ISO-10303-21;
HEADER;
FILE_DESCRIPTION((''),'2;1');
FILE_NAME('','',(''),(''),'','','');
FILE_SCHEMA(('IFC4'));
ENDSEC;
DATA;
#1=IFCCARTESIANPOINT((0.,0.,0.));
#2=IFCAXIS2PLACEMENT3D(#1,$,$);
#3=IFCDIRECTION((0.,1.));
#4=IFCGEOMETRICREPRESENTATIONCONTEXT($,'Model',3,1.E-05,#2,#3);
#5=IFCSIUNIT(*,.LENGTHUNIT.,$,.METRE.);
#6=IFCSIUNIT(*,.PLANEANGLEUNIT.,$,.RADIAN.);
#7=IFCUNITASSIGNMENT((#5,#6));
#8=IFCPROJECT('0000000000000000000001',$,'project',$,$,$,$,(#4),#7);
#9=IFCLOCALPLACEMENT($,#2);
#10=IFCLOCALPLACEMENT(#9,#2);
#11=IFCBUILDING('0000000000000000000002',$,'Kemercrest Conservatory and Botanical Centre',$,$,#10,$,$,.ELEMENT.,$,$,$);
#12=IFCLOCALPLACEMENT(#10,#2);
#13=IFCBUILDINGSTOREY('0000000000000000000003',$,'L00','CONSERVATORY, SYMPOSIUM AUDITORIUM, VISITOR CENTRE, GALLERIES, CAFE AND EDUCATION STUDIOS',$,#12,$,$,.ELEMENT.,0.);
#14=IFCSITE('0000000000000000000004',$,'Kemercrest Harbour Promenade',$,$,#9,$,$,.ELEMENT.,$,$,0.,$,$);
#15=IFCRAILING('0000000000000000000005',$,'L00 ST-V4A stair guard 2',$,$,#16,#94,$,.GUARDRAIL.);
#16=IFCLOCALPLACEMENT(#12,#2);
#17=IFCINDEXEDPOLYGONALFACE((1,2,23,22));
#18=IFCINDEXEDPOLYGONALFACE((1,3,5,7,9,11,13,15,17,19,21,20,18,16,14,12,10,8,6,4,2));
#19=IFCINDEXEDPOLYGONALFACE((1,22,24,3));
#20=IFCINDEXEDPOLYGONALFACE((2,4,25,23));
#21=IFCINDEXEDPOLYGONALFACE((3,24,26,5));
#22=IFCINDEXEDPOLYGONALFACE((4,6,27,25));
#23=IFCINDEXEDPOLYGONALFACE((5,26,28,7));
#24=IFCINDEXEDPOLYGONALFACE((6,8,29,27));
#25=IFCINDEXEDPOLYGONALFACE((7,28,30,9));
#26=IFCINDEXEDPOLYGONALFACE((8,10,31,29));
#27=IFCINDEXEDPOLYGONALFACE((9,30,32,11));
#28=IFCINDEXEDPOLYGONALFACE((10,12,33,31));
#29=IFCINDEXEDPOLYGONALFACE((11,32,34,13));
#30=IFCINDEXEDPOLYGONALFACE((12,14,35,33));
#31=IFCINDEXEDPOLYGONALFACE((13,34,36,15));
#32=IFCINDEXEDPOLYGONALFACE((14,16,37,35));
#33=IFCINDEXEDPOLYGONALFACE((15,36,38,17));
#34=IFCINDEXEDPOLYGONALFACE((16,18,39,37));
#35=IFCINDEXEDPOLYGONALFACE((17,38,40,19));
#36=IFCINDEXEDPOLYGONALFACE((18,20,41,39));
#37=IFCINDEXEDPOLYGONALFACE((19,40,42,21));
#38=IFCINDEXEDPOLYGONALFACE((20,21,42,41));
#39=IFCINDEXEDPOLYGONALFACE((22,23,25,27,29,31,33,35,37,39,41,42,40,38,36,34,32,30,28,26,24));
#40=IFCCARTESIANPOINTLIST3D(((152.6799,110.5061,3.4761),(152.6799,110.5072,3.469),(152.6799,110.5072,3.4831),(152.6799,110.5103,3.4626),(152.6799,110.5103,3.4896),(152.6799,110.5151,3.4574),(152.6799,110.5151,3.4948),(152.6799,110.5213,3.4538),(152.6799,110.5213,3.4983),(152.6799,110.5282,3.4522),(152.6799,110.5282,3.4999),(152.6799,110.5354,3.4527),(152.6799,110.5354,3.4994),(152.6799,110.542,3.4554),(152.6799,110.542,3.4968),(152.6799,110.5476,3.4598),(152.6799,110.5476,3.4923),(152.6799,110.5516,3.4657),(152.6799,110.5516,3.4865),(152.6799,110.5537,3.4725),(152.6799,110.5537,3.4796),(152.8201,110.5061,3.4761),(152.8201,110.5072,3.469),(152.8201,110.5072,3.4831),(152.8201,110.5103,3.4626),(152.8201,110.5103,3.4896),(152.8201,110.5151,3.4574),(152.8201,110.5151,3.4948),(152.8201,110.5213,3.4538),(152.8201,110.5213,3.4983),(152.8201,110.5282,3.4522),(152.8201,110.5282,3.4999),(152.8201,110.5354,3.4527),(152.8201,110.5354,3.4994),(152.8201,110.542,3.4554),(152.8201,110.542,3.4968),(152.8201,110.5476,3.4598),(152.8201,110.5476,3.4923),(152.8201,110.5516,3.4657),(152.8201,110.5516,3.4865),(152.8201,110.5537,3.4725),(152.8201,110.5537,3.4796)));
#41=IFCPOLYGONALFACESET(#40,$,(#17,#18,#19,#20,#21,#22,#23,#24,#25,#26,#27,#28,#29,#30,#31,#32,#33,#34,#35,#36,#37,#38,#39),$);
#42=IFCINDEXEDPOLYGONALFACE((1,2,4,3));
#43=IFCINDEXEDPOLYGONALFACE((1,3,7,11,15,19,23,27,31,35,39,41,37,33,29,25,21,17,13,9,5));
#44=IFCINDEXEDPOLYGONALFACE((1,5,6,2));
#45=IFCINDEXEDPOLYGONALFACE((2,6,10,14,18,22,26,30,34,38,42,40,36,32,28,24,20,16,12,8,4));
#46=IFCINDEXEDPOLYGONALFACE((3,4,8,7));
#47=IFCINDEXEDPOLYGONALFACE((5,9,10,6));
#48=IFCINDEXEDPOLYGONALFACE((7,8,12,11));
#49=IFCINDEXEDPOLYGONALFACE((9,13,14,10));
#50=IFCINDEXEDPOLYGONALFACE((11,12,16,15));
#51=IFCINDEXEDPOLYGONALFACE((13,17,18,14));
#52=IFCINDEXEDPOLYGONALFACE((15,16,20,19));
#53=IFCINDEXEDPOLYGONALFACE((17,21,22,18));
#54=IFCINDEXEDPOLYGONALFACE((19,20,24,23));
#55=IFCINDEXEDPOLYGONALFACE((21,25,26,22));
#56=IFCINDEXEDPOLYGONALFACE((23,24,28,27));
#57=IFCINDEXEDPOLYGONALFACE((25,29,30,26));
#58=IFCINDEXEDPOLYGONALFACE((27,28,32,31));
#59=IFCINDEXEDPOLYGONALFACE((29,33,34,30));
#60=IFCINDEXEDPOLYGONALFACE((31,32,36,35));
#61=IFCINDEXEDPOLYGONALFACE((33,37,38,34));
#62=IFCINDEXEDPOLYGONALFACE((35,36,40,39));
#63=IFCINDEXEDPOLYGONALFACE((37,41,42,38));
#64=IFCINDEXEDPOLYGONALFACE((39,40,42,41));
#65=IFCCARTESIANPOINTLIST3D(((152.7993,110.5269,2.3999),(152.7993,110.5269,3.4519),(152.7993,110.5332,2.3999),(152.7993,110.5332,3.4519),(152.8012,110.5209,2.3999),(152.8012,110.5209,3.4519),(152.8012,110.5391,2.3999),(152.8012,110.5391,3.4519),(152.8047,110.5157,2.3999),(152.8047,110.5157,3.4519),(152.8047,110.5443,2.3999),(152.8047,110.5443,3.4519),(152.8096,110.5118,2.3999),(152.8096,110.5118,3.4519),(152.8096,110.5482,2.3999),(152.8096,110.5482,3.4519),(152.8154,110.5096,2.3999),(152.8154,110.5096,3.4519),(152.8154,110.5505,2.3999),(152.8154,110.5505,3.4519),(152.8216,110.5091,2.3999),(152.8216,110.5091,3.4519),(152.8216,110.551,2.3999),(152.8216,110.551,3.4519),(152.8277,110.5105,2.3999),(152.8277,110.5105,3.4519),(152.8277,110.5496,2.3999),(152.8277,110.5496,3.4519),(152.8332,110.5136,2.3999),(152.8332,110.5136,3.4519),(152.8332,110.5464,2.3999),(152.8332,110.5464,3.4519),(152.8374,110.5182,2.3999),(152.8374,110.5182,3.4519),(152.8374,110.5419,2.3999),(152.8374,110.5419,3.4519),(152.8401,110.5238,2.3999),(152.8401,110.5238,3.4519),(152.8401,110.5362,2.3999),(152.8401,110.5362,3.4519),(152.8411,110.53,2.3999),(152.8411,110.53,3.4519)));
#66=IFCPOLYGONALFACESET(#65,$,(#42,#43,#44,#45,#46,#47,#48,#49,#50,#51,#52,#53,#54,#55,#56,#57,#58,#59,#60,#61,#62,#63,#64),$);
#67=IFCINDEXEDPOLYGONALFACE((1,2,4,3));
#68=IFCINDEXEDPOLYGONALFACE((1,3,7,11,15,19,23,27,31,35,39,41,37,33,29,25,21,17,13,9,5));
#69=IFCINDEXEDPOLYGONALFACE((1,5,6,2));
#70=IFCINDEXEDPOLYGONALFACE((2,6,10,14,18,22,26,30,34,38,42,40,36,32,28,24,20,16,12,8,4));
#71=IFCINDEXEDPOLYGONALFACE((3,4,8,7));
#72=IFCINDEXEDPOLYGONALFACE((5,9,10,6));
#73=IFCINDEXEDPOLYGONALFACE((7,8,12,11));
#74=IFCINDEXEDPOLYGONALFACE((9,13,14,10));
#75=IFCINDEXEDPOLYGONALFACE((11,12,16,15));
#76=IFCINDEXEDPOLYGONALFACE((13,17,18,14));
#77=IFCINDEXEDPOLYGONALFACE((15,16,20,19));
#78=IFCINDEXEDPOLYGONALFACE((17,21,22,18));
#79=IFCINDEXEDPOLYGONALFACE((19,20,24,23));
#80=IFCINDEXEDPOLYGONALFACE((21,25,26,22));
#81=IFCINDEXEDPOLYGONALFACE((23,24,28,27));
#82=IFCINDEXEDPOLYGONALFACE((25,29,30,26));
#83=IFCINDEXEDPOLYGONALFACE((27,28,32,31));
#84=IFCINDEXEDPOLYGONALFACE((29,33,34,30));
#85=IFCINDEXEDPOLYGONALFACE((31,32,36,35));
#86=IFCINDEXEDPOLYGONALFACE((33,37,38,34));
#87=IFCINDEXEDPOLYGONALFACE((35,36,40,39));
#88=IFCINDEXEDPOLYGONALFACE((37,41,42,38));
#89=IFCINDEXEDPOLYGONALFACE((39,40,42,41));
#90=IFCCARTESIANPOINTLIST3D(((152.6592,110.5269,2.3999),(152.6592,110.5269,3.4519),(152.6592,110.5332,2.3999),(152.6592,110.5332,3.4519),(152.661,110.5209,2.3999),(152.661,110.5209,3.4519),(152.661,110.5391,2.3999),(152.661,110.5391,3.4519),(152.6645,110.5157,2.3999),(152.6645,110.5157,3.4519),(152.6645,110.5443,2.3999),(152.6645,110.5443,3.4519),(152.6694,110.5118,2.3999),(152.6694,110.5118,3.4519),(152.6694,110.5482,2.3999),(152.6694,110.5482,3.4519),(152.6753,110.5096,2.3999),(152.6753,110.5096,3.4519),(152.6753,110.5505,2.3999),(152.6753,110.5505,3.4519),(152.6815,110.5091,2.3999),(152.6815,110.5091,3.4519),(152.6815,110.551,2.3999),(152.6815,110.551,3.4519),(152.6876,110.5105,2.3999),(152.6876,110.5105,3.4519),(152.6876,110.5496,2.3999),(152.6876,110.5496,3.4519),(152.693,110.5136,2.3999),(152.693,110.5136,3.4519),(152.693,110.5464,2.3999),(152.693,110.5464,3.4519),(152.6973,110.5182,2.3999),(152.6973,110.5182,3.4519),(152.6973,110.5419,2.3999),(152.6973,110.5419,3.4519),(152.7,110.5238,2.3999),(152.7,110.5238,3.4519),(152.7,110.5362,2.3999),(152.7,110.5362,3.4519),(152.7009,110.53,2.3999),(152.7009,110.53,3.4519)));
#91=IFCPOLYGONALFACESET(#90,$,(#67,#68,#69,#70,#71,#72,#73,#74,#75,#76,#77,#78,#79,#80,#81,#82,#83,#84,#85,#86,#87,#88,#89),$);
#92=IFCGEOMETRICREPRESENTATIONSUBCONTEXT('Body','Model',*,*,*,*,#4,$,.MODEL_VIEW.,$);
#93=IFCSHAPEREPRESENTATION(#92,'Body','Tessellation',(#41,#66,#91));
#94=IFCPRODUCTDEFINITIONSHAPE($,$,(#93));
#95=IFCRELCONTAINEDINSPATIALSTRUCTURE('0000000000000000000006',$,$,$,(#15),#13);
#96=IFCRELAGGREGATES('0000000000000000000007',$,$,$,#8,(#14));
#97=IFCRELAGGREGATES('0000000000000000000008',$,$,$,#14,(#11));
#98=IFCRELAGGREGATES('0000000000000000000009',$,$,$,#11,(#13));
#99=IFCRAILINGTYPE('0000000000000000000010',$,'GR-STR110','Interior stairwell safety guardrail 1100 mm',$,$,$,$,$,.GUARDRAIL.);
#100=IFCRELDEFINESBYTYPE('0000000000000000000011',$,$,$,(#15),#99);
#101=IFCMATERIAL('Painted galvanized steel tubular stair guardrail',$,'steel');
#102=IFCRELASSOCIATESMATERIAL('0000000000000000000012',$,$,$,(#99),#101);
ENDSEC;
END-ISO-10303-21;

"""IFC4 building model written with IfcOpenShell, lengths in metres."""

from ifc_helpers import new_model, si_unit, direction, frame, origin, origin_2d, place, context, subcontext, project, spatial, circle, extrude, material, type_object, element, save


model = new_model("IFC4")

# Units and contexts
model_context = context("Model", 3, precision=1e-05, world=origin(), true_north=direction((0.0, 1.0)))
body_context = subcontext(model_context, "Body", "Model", "MODEL_VIEW")
ifc_project = project(units=[si_unit("LENGTHUNIT", "METRE"), si_unit("PLANEANGLEUNIT", "RADIAN")], contexts=[model_context])

# Site, building, storey
site_placement = place(None, origin())
site = spatial("IfcSite", under=ifc_project, at=site_placement, Name="Kemercrest Harbour Promenade", CompositionType="ELEMENT", RefElevation=0.0)
building_placement = place(site_placement, origin())
building = spatial("IfcBuilding", under=site, at=building_placement, Name="Kemercrest Conservatory and Botanical Centre", CompositionType="ELEMENT")
storey_placement = place(building_placement, origin())
storey = spatial("IfcBuildingStorey", under=building, at=storey_placement, Name="L00", Description="CONSERVATORY, SYMPOSIUM AUDITORIUM, VISITOR CENTRE, GALLERIES, CAFE AND EDUCATION STUDIOS", CompositionType="ELEMENT", Elevation=0.0)

# Railing
ifc_material_1 = material(Name="Painted galvanized steel tubular stair guardrail", Category="steel")
railing_type_1 = type_object("IfcRailingType", Name="GR-STR110", Description="Interior stairwell safety guardrail 1100 mm", PredefinedType="GUARDRAIL", material=ifc_material_1)
railing_1_placement = place(storey_placement, frame((152.8201, 110.53, 2.3999)))
element("IfcRailing", 1, at=railing_1_placement, inside=storey, type_object=railing_type_1, Name="L00 ST-V4A stair guard 2", PredefinedType="GUARDRAIL", context=body_context, shape_type="SweptSolid", body=[
    extrude(circle(Radius=0.0239, at=origin_2d()), frame((0.0, 0.0, 1.0762), z_axis=(-1.0, 0.0, 0.0), x_axis=(0.0, -1.0, 0.0)), (0.0, 0.0, 1.0), 0.1401),
    extrude(circle(Radius=0.021, at=origin_2d()), origin(), (0.0, 0.0, 1.0), 1.052),
    extrude(circle(Radius=0.021, at=origin_2d()), frame((-0.1401, 0.0, 0.0)), (0.0, 0.0, 1.0), 1.052),
])

save(model, "model.ifc")
